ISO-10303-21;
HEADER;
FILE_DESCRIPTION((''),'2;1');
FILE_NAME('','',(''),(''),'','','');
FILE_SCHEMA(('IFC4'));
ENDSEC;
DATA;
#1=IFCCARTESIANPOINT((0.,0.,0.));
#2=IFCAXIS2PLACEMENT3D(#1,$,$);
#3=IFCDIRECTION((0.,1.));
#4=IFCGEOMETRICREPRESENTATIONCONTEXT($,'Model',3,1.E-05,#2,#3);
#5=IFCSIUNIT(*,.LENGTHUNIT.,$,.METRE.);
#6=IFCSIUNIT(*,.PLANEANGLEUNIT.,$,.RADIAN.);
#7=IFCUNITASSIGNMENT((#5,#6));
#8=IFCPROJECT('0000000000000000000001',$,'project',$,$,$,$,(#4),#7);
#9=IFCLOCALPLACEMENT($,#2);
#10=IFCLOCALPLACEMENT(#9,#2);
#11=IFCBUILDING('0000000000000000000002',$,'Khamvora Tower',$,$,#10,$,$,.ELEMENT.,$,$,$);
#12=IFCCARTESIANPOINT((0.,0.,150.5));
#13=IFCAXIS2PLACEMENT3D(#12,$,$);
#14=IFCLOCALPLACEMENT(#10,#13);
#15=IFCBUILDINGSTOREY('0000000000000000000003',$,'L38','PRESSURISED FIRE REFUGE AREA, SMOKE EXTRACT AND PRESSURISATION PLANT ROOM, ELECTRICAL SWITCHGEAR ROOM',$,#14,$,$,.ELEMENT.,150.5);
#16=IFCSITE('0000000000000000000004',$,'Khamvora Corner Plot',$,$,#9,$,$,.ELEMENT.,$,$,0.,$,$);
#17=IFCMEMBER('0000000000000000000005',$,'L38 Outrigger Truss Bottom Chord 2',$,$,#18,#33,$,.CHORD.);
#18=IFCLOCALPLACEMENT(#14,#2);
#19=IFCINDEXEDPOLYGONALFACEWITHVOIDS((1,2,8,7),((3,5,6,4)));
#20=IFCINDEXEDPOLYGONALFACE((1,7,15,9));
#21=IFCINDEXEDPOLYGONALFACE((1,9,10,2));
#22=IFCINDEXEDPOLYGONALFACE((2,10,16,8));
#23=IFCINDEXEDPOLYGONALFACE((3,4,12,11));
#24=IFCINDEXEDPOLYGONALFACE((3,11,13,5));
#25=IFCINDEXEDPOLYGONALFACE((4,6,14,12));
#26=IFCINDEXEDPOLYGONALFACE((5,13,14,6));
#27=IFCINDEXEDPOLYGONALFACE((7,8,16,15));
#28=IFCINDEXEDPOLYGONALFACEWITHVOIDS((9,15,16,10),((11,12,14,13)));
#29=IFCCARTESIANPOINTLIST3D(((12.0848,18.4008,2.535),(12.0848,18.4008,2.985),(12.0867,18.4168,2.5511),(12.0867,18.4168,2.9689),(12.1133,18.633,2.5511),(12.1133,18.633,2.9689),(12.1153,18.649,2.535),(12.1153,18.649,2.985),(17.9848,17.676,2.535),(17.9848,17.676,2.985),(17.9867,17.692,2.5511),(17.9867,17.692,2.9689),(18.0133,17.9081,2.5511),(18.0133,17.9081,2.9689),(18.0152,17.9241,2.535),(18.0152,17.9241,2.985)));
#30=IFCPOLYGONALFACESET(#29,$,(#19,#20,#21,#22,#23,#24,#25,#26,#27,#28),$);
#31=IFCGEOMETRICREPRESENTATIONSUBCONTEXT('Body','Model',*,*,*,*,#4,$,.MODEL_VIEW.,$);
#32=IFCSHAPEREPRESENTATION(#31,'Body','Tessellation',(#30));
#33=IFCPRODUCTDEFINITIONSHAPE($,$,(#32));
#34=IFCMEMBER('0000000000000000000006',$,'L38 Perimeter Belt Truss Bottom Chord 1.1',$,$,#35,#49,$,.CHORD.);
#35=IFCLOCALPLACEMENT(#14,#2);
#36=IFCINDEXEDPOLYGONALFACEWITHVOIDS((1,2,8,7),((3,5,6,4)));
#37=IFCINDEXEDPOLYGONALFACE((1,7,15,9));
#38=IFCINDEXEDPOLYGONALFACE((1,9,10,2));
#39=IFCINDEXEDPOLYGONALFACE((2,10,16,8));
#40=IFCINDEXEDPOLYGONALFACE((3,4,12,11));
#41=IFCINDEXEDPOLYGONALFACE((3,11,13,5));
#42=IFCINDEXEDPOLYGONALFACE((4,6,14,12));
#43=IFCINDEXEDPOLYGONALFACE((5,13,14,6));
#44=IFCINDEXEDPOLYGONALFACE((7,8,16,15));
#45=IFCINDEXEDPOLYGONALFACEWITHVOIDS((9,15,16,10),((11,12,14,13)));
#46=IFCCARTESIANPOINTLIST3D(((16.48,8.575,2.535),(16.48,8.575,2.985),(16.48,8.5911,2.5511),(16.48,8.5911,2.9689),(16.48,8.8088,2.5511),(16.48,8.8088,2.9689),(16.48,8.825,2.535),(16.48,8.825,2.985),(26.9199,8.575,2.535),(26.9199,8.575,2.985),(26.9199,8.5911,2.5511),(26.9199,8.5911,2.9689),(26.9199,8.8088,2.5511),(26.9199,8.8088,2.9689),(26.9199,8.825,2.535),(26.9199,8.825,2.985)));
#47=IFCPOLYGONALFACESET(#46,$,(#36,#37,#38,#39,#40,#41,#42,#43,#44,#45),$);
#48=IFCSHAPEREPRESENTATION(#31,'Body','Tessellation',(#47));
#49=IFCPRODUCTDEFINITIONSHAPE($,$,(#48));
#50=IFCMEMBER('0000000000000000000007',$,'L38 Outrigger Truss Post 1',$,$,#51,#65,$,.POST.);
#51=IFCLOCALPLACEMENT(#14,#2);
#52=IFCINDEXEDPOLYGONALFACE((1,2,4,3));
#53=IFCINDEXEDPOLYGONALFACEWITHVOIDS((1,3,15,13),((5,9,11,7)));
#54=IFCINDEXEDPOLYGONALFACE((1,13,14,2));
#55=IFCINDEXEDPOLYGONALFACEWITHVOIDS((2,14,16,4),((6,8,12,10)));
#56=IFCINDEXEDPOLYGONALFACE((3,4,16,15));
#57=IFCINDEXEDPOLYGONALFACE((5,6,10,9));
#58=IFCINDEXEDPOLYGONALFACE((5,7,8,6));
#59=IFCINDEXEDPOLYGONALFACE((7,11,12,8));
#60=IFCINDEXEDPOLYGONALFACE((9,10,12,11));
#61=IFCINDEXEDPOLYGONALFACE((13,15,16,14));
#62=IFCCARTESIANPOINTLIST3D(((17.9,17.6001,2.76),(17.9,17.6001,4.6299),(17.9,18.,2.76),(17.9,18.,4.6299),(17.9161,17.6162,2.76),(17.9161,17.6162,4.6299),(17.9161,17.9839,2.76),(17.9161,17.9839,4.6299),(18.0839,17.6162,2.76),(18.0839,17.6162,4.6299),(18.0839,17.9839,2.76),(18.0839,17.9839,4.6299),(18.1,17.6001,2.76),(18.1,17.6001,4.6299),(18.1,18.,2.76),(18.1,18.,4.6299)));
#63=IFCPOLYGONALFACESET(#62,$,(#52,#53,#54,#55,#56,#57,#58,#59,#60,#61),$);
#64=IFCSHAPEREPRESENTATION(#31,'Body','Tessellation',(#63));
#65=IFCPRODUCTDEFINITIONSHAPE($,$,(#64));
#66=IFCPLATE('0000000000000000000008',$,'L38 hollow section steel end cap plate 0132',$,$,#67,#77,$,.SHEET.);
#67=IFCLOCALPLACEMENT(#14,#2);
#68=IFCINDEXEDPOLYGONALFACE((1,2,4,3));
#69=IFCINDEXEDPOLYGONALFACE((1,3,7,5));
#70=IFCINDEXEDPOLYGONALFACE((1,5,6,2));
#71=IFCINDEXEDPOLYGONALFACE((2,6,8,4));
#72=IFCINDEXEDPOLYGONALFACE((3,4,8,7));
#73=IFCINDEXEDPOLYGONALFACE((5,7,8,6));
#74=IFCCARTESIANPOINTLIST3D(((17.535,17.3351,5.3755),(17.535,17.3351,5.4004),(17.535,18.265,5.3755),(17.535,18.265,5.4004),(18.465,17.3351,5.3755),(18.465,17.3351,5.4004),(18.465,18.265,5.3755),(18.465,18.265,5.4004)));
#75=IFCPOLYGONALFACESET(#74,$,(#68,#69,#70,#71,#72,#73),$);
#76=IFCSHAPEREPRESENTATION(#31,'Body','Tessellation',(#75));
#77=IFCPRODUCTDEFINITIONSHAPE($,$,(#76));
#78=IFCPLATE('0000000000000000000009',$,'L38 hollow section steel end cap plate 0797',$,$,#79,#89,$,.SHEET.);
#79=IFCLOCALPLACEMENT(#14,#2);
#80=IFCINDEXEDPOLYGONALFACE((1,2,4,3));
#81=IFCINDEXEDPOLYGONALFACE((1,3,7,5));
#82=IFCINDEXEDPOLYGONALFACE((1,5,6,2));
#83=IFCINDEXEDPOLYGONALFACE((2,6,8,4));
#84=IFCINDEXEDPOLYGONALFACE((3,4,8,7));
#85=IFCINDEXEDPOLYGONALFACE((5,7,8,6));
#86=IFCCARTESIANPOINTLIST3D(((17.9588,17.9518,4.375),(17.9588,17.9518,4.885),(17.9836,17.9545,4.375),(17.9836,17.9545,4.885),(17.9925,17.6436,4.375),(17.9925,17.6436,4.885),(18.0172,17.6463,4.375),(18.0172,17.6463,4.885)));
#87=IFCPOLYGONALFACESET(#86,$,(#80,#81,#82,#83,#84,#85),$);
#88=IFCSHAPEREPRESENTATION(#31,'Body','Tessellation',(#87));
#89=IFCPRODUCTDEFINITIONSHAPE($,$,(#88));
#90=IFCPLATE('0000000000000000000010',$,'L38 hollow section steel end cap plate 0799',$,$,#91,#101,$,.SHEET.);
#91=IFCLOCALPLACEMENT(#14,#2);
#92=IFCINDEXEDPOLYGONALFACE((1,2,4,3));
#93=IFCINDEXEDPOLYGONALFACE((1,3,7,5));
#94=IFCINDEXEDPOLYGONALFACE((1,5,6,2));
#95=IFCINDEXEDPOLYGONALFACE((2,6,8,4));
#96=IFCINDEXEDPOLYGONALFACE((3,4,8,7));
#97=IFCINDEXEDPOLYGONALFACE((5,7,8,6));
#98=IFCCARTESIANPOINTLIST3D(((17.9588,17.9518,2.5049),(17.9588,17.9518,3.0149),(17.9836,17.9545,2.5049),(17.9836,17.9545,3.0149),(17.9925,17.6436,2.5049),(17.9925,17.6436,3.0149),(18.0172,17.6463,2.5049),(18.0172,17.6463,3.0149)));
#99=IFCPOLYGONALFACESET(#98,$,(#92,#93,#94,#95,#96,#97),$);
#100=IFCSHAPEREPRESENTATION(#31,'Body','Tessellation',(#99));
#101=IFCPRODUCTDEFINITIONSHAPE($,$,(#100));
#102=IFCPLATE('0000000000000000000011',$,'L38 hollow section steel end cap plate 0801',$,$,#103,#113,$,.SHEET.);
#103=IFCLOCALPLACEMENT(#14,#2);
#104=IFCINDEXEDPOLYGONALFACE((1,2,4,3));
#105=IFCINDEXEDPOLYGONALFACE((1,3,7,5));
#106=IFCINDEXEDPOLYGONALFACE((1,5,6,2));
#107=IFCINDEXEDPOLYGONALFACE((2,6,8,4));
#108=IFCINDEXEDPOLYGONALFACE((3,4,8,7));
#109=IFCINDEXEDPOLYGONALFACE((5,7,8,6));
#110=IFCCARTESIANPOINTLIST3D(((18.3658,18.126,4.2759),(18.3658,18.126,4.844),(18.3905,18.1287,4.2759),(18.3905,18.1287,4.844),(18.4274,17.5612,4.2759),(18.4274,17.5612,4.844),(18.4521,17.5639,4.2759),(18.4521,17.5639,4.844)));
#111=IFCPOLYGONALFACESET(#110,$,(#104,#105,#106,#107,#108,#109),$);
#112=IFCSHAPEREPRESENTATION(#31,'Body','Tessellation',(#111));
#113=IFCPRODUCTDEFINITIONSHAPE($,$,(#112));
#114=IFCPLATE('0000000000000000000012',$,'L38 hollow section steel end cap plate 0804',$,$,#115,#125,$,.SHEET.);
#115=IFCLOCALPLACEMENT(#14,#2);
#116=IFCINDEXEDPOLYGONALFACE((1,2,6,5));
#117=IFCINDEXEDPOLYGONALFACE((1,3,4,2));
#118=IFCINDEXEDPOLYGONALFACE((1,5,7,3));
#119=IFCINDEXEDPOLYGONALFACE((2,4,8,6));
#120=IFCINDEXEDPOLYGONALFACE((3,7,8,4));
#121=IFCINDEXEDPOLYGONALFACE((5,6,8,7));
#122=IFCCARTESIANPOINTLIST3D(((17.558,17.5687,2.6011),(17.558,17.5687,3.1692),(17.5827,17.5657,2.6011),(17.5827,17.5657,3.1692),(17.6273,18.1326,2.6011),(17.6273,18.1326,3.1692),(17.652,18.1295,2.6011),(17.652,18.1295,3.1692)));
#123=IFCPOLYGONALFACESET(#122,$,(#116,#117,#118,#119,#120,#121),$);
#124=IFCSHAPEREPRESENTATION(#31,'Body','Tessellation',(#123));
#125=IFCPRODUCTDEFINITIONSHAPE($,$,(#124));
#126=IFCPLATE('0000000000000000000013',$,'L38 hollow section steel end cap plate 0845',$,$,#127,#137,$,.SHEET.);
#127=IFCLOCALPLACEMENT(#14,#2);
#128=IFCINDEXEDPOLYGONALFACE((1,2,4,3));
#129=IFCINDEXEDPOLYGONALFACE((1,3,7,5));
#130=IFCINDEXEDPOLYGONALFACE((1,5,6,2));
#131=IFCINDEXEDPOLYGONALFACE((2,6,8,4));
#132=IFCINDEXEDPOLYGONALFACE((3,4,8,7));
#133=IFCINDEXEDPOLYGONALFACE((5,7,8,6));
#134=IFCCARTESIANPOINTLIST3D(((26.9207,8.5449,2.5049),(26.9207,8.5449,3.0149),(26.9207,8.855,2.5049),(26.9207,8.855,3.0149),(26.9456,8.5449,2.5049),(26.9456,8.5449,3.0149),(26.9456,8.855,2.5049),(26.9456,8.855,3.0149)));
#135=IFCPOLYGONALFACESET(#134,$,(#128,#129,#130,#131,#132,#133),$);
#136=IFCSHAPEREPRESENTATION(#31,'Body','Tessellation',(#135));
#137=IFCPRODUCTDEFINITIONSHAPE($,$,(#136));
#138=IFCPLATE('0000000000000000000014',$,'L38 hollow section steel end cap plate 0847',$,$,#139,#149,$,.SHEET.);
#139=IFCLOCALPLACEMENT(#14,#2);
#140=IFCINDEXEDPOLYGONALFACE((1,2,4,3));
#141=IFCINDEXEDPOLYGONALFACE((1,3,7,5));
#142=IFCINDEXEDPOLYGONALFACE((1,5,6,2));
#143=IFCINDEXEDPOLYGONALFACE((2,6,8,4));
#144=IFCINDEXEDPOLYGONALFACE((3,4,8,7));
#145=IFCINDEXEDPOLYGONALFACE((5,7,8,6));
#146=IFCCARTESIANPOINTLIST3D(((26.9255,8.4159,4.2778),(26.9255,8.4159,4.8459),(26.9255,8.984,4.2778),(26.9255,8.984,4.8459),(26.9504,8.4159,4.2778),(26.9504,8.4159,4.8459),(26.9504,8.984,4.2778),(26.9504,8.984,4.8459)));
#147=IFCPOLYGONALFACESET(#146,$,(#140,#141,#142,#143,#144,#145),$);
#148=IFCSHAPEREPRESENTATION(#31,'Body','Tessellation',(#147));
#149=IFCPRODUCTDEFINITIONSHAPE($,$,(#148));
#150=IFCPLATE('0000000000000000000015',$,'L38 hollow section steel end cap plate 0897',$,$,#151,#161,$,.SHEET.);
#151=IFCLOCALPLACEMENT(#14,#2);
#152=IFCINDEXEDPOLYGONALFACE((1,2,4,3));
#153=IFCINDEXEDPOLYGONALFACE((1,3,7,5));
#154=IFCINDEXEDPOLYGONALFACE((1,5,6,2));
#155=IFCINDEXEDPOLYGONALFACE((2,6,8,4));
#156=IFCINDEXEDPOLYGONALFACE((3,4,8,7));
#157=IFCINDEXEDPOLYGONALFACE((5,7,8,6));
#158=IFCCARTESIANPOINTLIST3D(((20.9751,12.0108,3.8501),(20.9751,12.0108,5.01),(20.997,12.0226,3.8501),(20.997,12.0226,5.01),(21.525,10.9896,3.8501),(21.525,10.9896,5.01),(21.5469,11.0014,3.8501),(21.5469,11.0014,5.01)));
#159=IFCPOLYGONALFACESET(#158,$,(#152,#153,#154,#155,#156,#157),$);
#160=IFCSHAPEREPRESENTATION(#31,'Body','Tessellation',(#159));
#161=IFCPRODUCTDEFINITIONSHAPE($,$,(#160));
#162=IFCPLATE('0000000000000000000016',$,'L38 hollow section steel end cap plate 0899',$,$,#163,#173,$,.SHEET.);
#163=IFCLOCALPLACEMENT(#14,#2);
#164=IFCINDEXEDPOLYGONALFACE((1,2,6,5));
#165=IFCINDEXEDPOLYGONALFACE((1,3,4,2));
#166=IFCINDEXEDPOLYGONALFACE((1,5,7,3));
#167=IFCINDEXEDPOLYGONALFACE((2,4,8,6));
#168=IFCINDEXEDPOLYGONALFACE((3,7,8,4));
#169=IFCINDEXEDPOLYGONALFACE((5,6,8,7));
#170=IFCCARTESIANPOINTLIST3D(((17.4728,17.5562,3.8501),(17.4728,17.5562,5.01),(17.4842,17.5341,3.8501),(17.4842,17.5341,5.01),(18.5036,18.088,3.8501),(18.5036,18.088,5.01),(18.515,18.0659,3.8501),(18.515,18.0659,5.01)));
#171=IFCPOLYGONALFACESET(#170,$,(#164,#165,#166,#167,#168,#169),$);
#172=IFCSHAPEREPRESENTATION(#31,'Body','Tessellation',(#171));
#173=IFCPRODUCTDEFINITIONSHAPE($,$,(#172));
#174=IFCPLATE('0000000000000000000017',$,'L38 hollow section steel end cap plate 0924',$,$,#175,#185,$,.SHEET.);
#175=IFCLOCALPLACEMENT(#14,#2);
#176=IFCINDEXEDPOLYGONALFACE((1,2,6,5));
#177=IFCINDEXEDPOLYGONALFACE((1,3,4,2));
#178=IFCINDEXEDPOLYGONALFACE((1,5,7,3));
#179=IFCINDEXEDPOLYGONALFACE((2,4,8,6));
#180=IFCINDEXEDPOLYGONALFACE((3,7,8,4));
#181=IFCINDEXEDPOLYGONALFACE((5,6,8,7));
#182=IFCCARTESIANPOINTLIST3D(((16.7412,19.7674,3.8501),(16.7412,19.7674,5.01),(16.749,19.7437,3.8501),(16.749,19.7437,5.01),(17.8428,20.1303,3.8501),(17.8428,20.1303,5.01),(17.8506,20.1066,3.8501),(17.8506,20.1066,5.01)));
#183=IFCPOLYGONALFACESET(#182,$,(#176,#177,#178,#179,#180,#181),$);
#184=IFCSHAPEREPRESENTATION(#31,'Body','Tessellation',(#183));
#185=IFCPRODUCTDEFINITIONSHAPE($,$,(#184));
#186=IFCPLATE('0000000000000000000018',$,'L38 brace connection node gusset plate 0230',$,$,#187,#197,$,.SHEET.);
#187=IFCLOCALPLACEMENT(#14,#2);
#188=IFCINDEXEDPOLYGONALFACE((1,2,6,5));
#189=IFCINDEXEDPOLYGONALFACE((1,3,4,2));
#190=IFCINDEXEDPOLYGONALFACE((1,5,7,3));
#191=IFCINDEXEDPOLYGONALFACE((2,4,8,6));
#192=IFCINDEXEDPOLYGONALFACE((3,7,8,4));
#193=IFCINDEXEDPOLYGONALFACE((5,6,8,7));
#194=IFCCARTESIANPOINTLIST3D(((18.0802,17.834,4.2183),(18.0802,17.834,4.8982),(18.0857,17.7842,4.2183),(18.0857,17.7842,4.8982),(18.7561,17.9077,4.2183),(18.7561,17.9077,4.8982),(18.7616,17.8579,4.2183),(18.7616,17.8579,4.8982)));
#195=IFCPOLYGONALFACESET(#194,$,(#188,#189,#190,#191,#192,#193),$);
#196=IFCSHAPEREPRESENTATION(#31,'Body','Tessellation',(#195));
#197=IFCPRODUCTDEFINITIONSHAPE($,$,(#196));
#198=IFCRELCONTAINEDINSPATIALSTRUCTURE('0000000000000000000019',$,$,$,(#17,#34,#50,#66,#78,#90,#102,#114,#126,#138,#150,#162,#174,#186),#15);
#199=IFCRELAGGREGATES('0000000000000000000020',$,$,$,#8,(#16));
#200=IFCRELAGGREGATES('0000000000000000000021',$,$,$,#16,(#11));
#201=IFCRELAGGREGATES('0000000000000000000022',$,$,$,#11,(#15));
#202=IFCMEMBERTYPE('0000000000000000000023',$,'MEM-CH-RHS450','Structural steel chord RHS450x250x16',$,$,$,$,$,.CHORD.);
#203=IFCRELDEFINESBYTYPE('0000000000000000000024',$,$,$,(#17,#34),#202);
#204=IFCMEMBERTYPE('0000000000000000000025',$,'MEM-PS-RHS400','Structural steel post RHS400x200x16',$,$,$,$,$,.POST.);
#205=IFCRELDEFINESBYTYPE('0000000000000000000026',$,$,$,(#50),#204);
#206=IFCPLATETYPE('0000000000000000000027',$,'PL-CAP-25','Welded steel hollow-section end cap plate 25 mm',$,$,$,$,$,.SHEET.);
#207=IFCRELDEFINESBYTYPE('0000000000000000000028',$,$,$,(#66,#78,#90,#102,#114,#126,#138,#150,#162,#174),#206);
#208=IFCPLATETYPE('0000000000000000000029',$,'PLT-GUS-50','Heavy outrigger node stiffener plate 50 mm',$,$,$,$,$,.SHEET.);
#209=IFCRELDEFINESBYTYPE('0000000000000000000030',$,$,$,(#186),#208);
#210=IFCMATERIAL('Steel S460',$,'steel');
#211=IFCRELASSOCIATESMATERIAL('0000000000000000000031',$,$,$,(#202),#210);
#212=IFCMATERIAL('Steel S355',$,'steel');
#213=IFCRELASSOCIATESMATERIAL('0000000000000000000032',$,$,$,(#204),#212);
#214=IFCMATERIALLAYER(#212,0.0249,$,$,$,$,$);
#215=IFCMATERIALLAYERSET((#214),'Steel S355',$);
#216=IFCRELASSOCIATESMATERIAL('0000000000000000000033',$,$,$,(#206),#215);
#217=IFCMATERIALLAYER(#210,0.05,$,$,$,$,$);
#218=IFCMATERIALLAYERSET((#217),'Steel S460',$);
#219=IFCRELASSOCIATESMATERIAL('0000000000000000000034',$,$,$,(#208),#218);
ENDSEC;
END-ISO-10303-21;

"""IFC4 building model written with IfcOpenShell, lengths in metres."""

from ifc_helpers import new_model, si_unit, direction, frame, origin, origin_2d, place, context, subcontext, project, spatial, rectangle, hollow_rectangle, extrude, material, layer, layer_set, material_profile, profile_set, type_object, element, save


model = new_model("IFC4")

# Units and contexts
model_context = context("Model", 3, precision=1e-05, world=origin(), true_north=direction((0.0, 1.0)))
body_context = subcontext(model_context, "Body", "Model", "MODEL_VIEW")
ifc_project = project(units=[si_unit("LENGTHUNIT", "METRE"), si_unit("PLANEANGLEUNIT", "RADIAN")], contexts=[model_context])

# Site, building, storey
site_placement = place(None, origin())
site = spatial("IfcSite", under=ifc_project, at=site_placement, Name="Khamvora Corner Plot", CompositionType="ELEMENT", RefElevation=0.0)
building_placement = place(site_placement, origin())
building = spatial("IfcBuilding", under=site, at=building_placement, Name="Khamvora Tower", CompositionType="ELEMENT")
storey_placement = place(building_placement, frame((0.0, 0.0, 150.5)))
storey = spatial("IfcBuildingStorey", under=building, at=storey_placement, Name="L38", Description="PRESSURISED FIRE REFUGE AREA, SMOKE EXTRACT AND PRESSURISATION PLANT ROOM, ELECTRICAL SWITCHGEAR ROOM", CompositionType="ELEMENT", Elevation=150.5)

# Shared definitions
ifc_material_1 = material(Name="Steel S355", Category="steel")

# Shared definitions
ifc_material_2 = material(Name="Steel S460", Category="steel")

# Members
ifc_material_profile_1 = material_profile(ifc_material_2, hollow_rectangle(XDim=0.25, YDim=0.45, WallThickness=0.0161, at=origin_2d()), Name="RHS450x250x16")
ifc_profile_set_1 = profile_set([ifc_material_profile_1], Name="Steel S460")
member_type_1 = type_object("IfcMemberType", Name="MEM-CH-RHS450", Description="Structural steel chord RHS450x250x16", PredefinedType="CHORD", material=ifc_profile_set_1)
for number, where, z_axis, x_axis, name in (
    (1, (18.0, 17.8, 2.76), (-0.992537, 0.121942, 0.0), (-0.121942, -0.992537, 0.0), "L38 Outrigger Truss Bottom Chord 2"),
):
    element("IfcMember", number, at=place(storey_placement, frame(where, z_axis=z_axis, x_axis=x_axis)), inside=storey, type_object=member_type_1, Name=name, PredefinedType="CHORD", context=body_context, shape_type="SweptSolid", body=[
        extrude(hollow_rectangle(XDim=0.25, YDim=0.45, WallThickness=0.0161, at=origin_2d()), origin(), (0.0, 0.0, 1.0), 5.9443),
    ])
member_1_placement = place(storey_placement, frame((16.48, 8.7, 2.76), z_axis=(1.0, 0.0, 0.0), x_axis=(0.0, 1.0, 0.0)))
element("IfcMember", 2, at=member_1_placement, inside=storey, type_object=member_type_1, Name="L38 Perimeter Belt Truss Bottom Chord 1.1", PredefinedType="CHORD", context=body_context, shape_type="SweptSolid", body=[
    extrude(hollow_rectangle(XDim=0.25, YDim=0.45, WallThickness=0.0161, at=origin_2d()), origin(), (0.0, 0.0, 1.0), 10.4399),
])
ifc_material_profile_2 = material_profile(ifc_material_1, hollow_rectangle(XDim=0.2, YDim=0.3999, WallThickness=0.0161, at=origin_2d()), Name="RHS400x200x16")
ifc_profile_set_2 = profile_set([ifc_material_profile_2], Name="Steel S355")
member_type_2 = type_object("IfcMemberType", Name="MEM-PS-RHS400", Description="Structural steel post RHS400x200x16", PredefinedType="POST", material=ifc_profile_set_2)
member_2_placement = place(storey_placement, frame((18.0, 17.8, 2.76), z_axis=(0.0, 0.0, 1.0), x_axis=(1.0, 0.0, 0.0)))
element("IfcMember", 3, at=member_2_placement, inside=storey, type_object=member_type_2, Name="L38 Outrigger Truss Post 1", PredefinedType="POST", context=body_context, shape_type="SweptSolid", body=[
    extrude(hollow_rectangle(XDim=0.2, YDim=0.3999, WallThickness=0.0161, at=origin_2d()), origin(), (0.0, 0.0, 1.0), 1.8699),
])

# Plates
ifc_layer_1 = layer(ifc_material_1, 0.0249)
ifc_layer_set_1 = layer_set([ifc_layer_1], Name="Steel S355")
plate_type_1 = type_object("IfcPlateType", Name="PL-CAP-25", Description="Welded steel hollow-section end cap plate 25 mm", PredefinedType="SHEET", material=ifc_layer_set_1)
plate_1_placement = place(storey_placement, frame((18.0, 17.8, 5.3755), z_axis=(0.0, 0.0, 1.0), x_axis=(1.0, 0.0, 0.0)))
element("IfcPlate", 4, at=plate_1_placement, inside=storey, type_object=plate_type_1, Name="L38 hollow section steel end cap plate 0132", PredefinedType="SHEET", context=body_context, shape_type="SweptSolid", body=[
    extrude(rectangle(XDim=0.9299, YDim=0.9299, at=origin_2d()), origin(), (0.0, 0.0, 1.0), 0.0249),
])
for number, where, z_axis, x_axis, name in (
    (5, (17.988, 17.7991, 4.375), (0.0, 0.0, 1.0), (-0.994102, -0.10845, 0.0), "L38 hollow section steel end cap plate 0797"),
    (6, (17.988, 17.7991, 2.5049), (0.0, 0.0, 1.0), (-0.994102, -0.10845, 0.0), "L38 hollow section steel end cap plate 0799"),
):
    element("IfcPlate", number, at=place(storey_placement, frame(where, z_axis=z_axis, x_axis=x_axis)), inside=storey, type_object=plate_type_1, Name=name, PredefinedType="SHEET", context=body_context, shape_type="SweptSolid", body=[
        extrude(rectangle(XDim=0.0249, YDim=0.3101, at=origin_2d()), origin(), (0.0, 0.0, 1.0), 0.51),
    ])
for number, where, z_axis, x_axis, name in (
    (7, (18.4089, 17.845, 4.2759), (0.0, 0.0, 1.0), (-0.994102, -0.10845, 0.0), "L38 hollow section steel end cap plate 0801"),
    (8, (17.605, 17.8491, 2.6011), (0.0, 0.0, 1.0), (-0.992533, 0.121973, 0.0), "L38 hollow section steel end cap plate 0804"),
):
    element("IfcPlate", number, at=place(storey_placement, frame(where, z_axis=z_axis, x_axis=x_axis)), inside=storey, type_object=plate_type_1, Name=name, PredefinedType="SHEET", context=body_context, shape_type="SweptSolid", body=[
        extrude(rectangle(XDim=0.0249, YDim=0.5681, at=origin_2d()), origin(), (0.0, 0.0, 1.0), 0.5681),
    ])
plate_2_placement = place(storey_placement, frame((26.9331, 8.7, 2.5049), z_axis=(0.0, 0.0, 1.0), x_axis=(1.0, 0.0, 0.0)))
element("IfcPlate", 9, at=plate_2_placement, inside=storey, type_object=plate_type_1, Name="L38 hollow section steel end cap plate 0845", PredefinedType="SHEET", context=body_context, shape_type="SweptSolid", body=[
    extrude(rectangle(XDim=0.0249, YDim=0.3101, at=origin_2d()), origin(), (0.0, 0.0, 1.0), 0.51),
])
plate_3_placement = place(storey_placement, frame((26.938, 8.7, 4.2778), z_axis=(0.0, 0.0, 1.0), x_axis=(1.0, 0.0, 0.0)))
element("IfcPlate", 10, at=plate_3_placement, inside=storey, type_object=plate_type_1, Name="L38 hollow section steel end cap plate 0847", PredefinedType="SHEET", context=body_context, shape_type="SweptSolid", body=[
    extrude(rectangle(XDim=0.0249, YDim=0.5681, at=origin_2d()), origin(), (0.0, 0.0, 1.0), 0.5681),
])
for number, where, z_axis, x_axis, name in (
    (11, (21.261, 11.5061, 3.8501), (0.0, 0.0, 1.0), (0.880469, 0.474104, 0.0), "L38 hollow section steel end cap plate 0897"),
    (12, (17.9939, 17.811, 3.8501), (0.0, 0.0, 1.0), (0.458463, -0.888713, 0.0), "L38 hollow section steel end cap plate 0899"),
    (13, (17.2959, 19.937, 3.8501), (0.0, 0.0, 1.0), (-0.312865, 0.949797, 0.0), "L38 hollow section steel end cap plate 0924"),
):
    element("IfcPlate", number, at=place(storey_placement, frame(where, z_axis=z_axis, x_axis=x_axis)), inside=storey, type_object=plate_type_1, Name=name, PredefinedType="SHEET", context=body_context, shape_type="SweptSolid", body=[
        extrude(rectangle(XDim=0.0249, YDim=1.1599, at=origin_2d()), origin(), (0.0, 0.0, 1.0), 1.1599),
    ])
ifc_layer_2 = layer(ifc_material_2, 0.05)
ifc_layer_set_2 = layer_set([ifc_layer_2], Name="Steel S460")
plate_type_2 = type_object("IfcPlateType", Name="PLT-GUS-50", Description="Heavy outrigger node stiffener plate 50 mm", PredefinedType="SHEET", material=ifc_layer_set_2)
for number, where, z_axis, x_axis, name in (
    (14, (18.4209, 17.8459, 4.2183), (0.0, 0.0, 1.0), (-0.994102, -0.10845, 0.0), "L38 brace connection node gusset plate 0230"),
):
    element("IfcPlate", number, at=place(storey_placement, frame(where, z_axis=z_axis, x_axis=x_axis)), inside=storey, type_object=plate_type_2, Name=name, PredefinedType="SHEET", context=body_context, shape_type="SweptSolid", body=[
        extrude(rectangle(XDim=0.6799, YDim=0.05, at=origin_2d()), origin(), (0.0, 0.0, 1.0), 0.6799),
    ])

save(model, "model.ifc")
